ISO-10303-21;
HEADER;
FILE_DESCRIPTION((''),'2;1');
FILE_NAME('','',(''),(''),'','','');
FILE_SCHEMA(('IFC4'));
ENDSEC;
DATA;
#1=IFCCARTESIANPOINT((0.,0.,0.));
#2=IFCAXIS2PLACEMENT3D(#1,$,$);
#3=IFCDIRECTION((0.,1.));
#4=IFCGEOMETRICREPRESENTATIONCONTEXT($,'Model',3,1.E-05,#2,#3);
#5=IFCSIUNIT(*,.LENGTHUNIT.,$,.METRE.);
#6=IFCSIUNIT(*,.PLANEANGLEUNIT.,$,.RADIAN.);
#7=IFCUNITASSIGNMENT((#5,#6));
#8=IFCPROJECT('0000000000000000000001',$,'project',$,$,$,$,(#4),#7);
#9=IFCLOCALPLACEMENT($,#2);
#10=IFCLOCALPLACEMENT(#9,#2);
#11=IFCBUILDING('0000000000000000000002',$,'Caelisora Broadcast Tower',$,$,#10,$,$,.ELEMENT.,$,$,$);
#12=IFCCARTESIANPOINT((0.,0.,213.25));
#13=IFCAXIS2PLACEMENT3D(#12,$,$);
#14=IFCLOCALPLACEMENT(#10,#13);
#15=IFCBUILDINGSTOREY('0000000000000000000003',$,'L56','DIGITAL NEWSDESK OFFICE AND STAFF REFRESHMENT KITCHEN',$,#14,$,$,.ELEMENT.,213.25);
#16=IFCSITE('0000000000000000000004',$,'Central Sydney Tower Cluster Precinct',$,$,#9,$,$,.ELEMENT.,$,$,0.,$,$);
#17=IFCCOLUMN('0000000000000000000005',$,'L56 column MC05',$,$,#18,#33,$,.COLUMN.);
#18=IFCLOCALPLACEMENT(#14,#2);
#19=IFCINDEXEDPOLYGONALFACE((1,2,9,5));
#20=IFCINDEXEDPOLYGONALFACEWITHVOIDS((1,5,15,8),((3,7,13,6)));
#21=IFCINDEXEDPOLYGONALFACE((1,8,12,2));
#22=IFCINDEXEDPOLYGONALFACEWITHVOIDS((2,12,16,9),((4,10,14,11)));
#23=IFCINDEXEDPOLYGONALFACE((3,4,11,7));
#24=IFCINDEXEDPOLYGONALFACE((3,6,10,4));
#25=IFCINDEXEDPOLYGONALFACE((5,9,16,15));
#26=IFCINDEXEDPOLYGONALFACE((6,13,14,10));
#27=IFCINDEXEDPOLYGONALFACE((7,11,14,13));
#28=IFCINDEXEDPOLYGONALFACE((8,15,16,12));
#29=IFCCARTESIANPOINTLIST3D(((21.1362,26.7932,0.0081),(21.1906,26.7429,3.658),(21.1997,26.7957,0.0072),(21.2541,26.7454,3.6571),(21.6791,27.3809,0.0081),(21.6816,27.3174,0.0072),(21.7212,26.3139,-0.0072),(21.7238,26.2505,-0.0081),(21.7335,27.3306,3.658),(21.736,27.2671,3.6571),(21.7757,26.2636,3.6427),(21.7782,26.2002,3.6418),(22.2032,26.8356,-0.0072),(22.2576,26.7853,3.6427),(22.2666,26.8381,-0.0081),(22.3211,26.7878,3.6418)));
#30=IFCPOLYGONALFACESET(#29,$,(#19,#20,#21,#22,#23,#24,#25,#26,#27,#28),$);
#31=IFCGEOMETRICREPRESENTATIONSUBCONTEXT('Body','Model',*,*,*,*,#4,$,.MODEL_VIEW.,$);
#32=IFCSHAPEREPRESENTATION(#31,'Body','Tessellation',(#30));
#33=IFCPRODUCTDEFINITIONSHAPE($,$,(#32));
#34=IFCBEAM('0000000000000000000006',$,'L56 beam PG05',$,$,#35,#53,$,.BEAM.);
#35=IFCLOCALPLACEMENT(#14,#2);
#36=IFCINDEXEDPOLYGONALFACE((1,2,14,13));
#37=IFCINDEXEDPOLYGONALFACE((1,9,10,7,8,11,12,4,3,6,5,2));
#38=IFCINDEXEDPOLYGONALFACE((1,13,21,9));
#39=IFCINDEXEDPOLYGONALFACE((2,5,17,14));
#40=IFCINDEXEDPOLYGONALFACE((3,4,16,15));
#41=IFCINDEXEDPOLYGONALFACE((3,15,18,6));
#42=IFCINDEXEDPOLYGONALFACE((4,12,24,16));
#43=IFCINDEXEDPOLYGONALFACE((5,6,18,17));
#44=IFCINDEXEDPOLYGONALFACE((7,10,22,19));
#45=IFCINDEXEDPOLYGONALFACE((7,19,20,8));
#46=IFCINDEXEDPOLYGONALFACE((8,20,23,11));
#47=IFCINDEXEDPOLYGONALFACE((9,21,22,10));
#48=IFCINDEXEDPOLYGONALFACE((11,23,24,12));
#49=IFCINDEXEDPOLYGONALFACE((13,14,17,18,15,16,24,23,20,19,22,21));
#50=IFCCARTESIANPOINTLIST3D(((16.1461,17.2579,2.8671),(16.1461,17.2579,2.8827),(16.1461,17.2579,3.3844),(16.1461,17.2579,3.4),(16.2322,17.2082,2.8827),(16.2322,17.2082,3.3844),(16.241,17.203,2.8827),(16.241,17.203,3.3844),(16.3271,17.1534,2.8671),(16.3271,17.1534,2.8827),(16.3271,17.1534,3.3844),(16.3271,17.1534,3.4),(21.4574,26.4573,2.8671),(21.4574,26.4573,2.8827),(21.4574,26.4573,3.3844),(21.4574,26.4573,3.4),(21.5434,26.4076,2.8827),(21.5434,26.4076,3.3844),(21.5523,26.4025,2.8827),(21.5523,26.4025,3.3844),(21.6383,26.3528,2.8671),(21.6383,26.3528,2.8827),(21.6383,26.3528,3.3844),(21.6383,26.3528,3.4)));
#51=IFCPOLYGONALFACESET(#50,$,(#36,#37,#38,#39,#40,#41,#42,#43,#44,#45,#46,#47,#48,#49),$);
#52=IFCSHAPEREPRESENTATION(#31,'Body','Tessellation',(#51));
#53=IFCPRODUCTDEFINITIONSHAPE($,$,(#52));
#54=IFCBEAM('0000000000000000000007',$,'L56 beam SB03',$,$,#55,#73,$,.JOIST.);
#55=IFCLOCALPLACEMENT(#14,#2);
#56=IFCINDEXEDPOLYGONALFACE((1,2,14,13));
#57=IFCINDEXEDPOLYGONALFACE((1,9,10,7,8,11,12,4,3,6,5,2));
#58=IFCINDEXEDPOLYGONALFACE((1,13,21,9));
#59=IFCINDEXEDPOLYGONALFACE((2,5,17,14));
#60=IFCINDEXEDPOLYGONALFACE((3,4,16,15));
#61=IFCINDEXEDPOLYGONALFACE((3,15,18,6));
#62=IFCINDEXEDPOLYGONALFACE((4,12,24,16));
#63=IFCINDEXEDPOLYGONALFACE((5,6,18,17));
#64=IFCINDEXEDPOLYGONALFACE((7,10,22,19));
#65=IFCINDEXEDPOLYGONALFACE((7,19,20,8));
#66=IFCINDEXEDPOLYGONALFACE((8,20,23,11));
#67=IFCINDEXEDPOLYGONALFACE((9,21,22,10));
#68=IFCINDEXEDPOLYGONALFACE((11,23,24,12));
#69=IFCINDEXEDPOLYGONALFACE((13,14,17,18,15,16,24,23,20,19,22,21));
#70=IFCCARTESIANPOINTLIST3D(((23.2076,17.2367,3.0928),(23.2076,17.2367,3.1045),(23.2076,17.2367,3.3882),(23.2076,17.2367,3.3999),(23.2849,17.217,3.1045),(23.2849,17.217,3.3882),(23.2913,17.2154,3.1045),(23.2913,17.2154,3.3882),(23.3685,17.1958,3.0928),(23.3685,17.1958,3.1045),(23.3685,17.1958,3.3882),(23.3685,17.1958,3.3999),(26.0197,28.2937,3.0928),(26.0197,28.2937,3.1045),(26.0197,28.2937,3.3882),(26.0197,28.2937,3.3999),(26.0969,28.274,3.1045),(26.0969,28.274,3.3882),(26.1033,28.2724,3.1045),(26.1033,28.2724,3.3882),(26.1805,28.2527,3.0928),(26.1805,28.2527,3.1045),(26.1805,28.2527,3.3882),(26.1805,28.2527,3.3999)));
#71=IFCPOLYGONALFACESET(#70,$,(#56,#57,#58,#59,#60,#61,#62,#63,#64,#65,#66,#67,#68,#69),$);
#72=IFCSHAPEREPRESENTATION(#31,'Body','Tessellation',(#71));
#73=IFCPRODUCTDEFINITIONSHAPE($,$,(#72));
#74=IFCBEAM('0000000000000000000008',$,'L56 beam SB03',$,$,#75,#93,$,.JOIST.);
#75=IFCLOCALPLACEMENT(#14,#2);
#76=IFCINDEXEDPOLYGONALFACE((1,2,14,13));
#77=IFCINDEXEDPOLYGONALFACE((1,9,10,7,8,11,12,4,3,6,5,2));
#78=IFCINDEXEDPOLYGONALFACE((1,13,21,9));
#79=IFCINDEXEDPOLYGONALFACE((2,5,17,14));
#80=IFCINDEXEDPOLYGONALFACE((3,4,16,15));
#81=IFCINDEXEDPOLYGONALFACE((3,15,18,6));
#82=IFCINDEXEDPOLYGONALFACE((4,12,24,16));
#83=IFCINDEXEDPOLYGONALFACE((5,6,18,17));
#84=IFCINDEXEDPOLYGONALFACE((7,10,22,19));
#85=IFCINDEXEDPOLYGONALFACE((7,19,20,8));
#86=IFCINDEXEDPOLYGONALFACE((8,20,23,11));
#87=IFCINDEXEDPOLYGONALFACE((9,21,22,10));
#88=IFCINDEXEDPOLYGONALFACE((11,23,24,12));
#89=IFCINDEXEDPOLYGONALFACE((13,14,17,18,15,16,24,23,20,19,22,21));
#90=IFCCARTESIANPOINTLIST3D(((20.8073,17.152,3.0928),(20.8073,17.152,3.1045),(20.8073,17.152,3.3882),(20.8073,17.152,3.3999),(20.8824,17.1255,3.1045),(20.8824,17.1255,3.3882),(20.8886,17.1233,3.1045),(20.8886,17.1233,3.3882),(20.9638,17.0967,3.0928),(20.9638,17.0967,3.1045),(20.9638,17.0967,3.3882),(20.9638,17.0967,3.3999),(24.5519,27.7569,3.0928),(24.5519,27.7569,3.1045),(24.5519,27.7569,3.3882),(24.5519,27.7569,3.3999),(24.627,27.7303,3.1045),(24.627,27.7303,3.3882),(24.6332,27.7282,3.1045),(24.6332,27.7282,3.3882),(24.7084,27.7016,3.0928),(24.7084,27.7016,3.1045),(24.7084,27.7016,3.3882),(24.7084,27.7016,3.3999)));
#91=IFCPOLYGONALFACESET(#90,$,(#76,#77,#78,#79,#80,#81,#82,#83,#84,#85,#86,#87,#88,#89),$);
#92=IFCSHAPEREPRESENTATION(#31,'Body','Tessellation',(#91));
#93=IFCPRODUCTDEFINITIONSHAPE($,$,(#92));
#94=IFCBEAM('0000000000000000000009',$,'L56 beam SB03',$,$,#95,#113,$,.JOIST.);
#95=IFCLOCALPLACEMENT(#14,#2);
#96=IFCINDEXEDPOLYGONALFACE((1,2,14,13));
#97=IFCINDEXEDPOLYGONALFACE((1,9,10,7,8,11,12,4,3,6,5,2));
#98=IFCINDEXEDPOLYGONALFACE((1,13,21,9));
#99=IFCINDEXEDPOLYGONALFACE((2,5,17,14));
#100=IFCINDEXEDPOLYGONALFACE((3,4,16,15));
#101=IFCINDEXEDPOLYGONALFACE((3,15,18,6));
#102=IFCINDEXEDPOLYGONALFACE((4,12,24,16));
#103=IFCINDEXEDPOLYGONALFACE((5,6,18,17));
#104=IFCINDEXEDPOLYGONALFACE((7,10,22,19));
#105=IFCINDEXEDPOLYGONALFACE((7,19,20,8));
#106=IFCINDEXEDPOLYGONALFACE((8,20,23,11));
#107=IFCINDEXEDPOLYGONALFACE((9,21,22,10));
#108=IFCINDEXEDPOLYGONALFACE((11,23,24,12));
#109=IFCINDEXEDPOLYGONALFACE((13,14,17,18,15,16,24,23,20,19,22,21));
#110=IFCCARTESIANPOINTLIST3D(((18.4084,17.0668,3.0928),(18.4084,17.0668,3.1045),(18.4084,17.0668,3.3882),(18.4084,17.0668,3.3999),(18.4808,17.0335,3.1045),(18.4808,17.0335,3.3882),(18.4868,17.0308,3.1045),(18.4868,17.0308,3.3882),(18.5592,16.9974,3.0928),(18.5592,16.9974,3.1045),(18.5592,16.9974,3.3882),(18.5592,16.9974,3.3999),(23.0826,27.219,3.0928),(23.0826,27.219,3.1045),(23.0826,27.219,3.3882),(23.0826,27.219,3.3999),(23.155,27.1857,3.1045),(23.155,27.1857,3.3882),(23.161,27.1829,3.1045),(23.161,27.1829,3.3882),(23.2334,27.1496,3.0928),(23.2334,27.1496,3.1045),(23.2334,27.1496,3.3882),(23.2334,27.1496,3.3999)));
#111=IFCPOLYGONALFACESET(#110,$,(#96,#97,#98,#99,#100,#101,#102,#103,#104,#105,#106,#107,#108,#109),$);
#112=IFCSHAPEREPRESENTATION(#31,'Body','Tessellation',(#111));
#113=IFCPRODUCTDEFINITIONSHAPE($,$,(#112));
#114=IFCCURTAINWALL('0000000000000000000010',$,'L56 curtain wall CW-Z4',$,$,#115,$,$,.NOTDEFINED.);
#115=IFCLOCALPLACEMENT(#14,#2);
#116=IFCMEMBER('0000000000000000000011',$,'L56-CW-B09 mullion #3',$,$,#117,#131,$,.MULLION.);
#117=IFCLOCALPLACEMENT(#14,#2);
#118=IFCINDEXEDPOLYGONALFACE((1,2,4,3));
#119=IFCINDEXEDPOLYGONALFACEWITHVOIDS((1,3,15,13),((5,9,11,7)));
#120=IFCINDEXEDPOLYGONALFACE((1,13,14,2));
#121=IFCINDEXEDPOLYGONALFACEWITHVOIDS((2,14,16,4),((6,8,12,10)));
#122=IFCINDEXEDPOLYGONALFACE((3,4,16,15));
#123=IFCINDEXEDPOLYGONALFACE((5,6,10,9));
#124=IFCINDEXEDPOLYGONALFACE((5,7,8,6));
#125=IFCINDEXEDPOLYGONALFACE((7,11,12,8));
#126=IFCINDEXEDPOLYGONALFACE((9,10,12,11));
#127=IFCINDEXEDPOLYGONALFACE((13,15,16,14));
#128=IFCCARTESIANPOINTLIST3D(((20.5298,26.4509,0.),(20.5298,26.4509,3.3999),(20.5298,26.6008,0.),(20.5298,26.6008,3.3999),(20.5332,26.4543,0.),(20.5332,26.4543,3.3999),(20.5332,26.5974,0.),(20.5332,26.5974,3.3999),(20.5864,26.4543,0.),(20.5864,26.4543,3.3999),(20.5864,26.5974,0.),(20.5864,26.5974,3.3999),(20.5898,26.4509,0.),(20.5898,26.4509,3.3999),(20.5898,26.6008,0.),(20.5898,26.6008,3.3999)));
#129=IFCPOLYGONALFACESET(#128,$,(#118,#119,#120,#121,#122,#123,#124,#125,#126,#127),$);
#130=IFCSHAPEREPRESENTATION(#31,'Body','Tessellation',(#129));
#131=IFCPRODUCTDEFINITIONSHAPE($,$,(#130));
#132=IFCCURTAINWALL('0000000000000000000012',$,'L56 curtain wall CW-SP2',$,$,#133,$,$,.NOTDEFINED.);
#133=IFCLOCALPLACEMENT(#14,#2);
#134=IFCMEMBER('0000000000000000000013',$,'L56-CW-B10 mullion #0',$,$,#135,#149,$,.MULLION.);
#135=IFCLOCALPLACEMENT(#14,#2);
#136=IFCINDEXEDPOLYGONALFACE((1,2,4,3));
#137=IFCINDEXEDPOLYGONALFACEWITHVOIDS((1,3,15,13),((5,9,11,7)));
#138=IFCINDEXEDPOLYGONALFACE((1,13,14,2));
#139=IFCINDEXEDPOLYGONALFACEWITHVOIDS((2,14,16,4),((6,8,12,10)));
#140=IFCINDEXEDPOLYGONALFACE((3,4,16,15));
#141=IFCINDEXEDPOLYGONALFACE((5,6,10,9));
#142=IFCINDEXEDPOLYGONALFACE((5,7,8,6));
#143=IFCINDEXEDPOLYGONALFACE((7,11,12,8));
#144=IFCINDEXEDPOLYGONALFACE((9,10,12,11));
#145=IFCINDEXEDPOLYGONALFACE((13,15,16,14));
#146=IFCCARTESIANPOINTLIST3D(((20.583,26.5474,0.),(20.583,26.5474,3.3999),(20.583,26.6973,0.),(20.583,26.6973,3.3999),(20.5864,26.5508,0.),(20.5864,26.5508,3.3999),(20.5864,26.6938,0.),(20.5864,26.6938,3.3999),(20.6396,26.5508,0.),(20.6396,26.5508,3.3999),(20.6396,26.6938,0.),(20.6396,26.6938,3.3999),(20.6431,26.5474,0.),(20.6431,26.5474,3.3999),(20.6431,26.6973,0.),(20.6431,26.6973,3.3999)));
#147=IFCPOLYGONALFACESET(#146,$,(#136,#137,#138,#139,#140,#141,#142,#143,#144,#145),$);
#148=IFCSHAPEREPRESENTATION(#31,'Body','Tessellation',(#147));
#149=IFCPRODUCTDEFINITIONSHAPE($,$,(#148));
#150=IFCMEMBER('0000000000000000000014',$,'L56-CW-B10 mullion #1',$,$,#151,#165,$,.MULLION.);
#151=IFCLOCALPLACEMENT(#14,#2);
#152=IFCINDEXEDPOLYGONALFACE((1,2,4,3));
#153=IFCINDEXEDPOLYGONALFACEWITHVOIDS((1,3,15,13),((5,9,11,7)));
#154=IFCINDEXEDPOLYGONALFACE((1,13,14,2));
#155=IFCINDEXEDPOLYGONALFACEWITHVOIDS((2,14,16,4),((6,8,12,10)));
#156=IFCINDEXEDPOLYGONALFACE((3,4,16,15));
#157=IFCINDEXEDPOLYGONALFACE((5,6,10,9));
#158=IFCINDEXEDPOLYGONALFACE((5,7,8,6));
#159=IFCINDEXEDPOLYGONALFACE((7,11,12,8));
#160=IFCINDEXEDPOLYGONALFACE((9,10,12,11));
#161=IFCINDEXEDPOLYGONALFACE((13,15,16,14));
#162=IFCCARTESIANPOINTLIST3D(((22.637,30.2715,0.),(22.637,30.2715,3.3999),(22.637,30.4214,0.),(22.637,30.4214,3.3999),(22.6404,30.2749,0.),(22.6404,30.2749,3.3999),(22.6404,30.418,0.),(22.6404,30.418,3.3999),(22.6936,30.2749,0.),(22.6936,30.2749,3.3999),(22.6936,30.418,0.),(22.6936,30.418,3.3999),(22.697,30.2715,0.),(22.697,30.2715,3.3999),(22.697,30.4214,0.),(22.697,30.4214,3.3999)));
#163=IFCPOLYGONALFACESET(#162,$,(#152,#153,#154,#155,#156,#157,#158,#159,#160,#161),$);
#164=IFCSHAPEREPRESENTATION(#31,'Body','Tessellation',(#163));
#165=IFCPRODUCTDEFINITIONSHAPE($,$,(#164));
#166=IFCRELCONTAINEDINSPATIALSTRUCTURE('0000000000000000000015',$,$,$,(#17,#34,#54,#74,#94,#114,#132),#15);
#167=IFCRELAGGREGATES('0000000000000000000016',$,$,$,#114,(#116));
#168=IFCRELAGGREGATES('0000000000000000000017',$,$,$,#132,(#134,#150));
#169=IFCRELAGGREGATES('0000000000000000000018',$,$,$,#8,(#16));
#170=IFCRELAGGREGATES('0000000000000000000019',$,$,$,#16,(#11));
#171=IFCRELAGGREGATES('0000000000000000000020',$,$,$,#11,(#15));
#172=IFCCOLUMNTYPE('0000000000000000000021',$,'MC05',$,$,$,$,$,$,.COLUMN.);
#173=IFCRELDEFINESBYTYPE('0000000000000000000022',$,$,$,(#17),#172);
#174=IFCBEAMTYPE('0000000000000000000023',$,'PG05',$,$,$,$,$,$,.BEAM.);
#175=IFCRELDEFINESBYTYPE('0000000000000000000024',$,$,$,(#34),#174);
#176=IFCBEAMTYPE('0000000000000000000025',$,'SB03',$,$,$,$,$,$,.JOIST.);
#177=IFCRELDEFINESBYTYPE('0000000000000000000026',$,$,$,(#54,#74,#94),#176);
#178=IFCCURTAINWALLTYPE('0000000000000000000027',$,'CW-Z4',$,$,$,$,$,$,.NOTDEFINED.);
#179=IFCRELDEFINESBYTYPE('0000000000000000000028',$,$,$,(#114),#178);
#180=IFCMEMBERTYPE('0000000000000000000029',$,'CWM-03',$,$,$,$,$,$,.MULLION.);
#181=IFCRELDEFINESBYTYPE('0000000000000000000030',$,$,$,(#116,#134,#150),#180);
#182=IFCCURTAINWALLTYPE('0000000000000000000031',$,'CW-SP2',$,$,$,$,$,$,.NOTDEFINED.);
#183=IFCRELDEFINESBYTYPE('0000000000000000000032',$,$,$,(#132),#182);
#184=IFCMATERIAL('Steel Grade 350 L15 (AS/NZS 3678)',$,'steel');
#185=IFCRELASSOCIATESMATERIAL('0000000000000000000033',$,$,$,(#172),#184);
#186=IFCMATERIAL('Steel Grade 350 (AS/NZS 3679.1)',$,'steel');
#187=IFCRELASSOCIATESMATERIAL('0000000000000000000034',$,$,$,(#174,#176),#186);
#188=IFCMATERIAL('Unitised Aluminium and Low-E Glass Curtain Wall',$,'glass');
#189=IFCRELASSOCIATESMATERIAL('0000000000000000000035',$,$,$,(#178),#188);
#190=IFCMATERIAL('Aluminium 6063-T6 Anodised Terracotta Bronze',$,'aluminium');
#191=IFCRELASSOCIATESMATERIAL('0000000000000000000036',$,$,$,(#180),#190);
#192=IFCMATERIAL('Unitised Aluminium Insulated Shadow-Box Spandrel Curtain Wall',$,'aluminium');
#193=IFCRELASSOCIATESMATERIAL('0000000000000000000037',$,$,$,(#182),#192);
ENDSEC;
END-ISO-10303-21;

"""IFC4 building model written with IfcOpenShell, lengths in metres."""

from ifc_helpers import new_model, si_unit, direction, frame, origin, origin_2d, place, context, subcontext, project, spatial, hollow_rectangle, i_section, extrude, source, transform, mapped, material, material_profile, profile_set, type_object, type_shapes, element, aggregate, save


model = new_model("IFC4")

# Units and contexts
model_context = context("Model", 3, precision=1e-05, world=origin(), true_north=direction((0.0, 1.0)))
body_context = subcontext(model_context, "Body", "Model", "MODEL_VIEW")
ifc_project = project(units=[si_unit("LENGTHUNIT", "METRE"), si_unit("PLANEANGLEUNIT", "RADIAN")], contexts=[model_context])

# Site, building, storey
site_placement = place(None, origin())
site = spatial("IfcSite", under=ifc_project, at=site_placement, Name="Central Sydney Tower Cluster Precinct", CompositionType="ELEMENT", RefElevation=0.0)
building_placement = place(site_placement, origin())
building = spatial("IfcBuilding", under=site, at=building_placement, Name="Caelisora Broadcast Tower", CompositionType="ELEMENT")
storey_placement = place(building_placement, frame((0.0, 0.0, 213.25)))
storey = spatial("IfcBuildingStorey", under=building, at=storey_placement, Name="L56", Description="DIGITAL NEWSDESK OFFICE AND STAFF REFRESHMENT KITCHEN", CompositionType="ELEMENT", Elevation=213.25)

# Column
ifc_material_1 = material(Name="Steel Grade 350 L15 (AS/NZS 3678)", Category="steel")
ifc_material_profile_1 = material_profile(ifc_material_1, hollow_rectangle(XDim=0.8, YDim=0.8, WallThickness=0.0449, at=origin_2d()), Name="Steel Grade 350 L15 (AS/NZS 3678)")
ifc_profile_set_1 = profile_set([ifc_material_profile_1], Name="Steel Grade 350 L15 (AS/NZS 3678)")
column_type = type_object("IfcColumnType", Name="MC05", PredefinedType="COLUMN", material=ifc_profile_set_1)
shared_shape_1 = source(origin(), body_context, "Body", "SweptSolid", [
    extrude(hollow_rectangle(XDim=0.8, YDim=0.8, WallThickness=0.0449, at=origin_2d()), origin(), (0.0, 0.0, 1.0), 3.6506),
])
type_shapes(column_type, [shared_shape_1])
column_placement = place(storey_placement, frame((21.7014, 26.8157, 0.0), z_axis=(0.014913, -0.013776, 0.999794), x_axis=(0.678554, 0.734551, 0.0)))
element("IfcColumn", 1, at=column_placement, inside=storey, type_object=column_type, Name="L56 column MC05", PredefinedType="COLUMN", context=body_context, shape_type="MappedRepresentation", body=[
    mapped(shared_shape_1, transform((0.0, 0.0, 0.0), scale=1.0)),
])

# Beams
ifc_material_2 = material(Name="Steel Grade 350 (AS/NZS 3679.1)", Category="steel")
ifc_material_profile_2 = material_profile(ifc_material_2, i_section(OverallWidth=0.209, OverallDepth=0.533, WebThickness=0.0103, FlangeThickness=0.0156, at=origin_2d()), Name="Steel Grade 350 (AS/NZS 3679.1)")
ifc_profile_set_2 = profile_set([ifc_material_profile_2], Name="Steel Grade 350 (AS/NZS 3679.1)")
beam_type_1 = type_object("IfcBeamType", Name="PG05", PredefinedType="BEAM", material=ifc_profile_set_2)
shared_shape_2 = source(origin(), body_context, "Body", "SweptSolid", [
    extrude(i_section(OverallWidth=0.209, OverallDepth=0.533, WebThickness=0.0103, FlangeThickness=0.0156, at=origin_2d()), origin(), (0.0, 0.0, 1.0), 10.6226),
])
type_shapes(beam_type_1, [shared_shape_2])
beam_1_placement = place(storey_placement, frame((21.5479, 26.405, 3.1335), z_axis=(-0.499998, -0.866027, 0.0), x_axis=(0.866027, -0.499998, 0.0)))
element("IfcBeam", 2, at=beam_1_placement, inside=storey, type_object=beam_type_1, Name="L56 beam PG05", PredefinedType="BEAM", context=body_context, shape_type="MappedRepresentation", body=[
    mapped(shared_shape_2, transform((0.0, 0.0, 0.0), scale=1.0)),
])
ifc_material_profile_3 = material_profile(ifc_material_2, i_section(OverallWidth=0.166, OverallDepth=0.3071, WebThickness=0.0066, FlangeThickness=0.0117, at=origin_2d()), Name="Steel Grade 350 (AS/NZS 3679.1)")
ifc_profile_set_3 = profile_set([ifc_material_profile_3], Name="Steel Grade 350 (AS/NZS 3679.1)")
beam_type_2 = type_object("IfcBeamType", Name="SB03", PredefinedType="JOIST", material=ifc_profile_set_3)
shared_shape_3 = source(origin(), body_context, "Body", "SweptSolid", [
    extrude(i_section(OverallWidth=0.166, OverallDepth=0.3071, WebThickness=0.0066, FlangeThickness=0.0117, at=origin_2d()), origin(), (0.0, 0.0, 1.0), 11.4089),
])
beam_2_placement = place(storey_placement, frame((26.1001, 28.2732, 3.2463), z_axis=(-0.246476, -0.969149, 0.0), x_axis=(0.969149, -0.246476, 0.0)))
element("IfcBeam", 3, at=beam_2_placement, inside=storey, type_object=beam_type_2, Name="L56 beam SB03", PredefinedType="JOIST", context=body_context, shape_type="MappedRepresentation", body=[
    mapped(shared_shape_3, transform((0.0, 0.0, 0.0), scale=1.0)),
])
shared_shape_4 = source(origin(), body_context, "Body", "SweptSolid", [
    extrude(i_section(OverallWidth=0.166, OverallDepth=0.3071, WebThickness=0.0066, FlangeThickness=0.0117, at=origin_2d()), origin(), (0.0, 0.0, 1.0), 11.2466),
])
beam_3_placement = place(storey_placement, frame((24.6301, 27.7292, 3.2463), z_axis=(-0.332954, -0.942943, 0.0), x_axis=(0.942943, -0.332954, 0.0)))
element("IfcBeam", 4, at=beam_3_placement, inside=storey, type_object=beam_type_2, Name="L56 beam SB03", PredefinedType="JOIST", context=body_context, shape_type="MappedRepresentation", body=[
    mapped(shared_shape_4, transform((0.0, 0.0, 0.0), scale=1.0)),
])
shared_shape_5 = source(origin(), body_context, "Body", "SweptSolid", [
    extrude(i_section(OverallWidth=0.166, OverallDepth=0.3071, WebThickness=0.0066, FlangeThickness=0.0117, at=origin_2d()), origin(), (0.0, 0.0, 1.0), 11.1765),
])
type_shapes(beam_type_2, [shared_shape_3, shared_shape_4, shared_shape_5])
beam_4_placement = place(storey_placement, frame((23.158, 27.1843, 3.2463), z_axis=(-0.418209, -0.908351, 0.0), x_axis=(0.908351, -0.418209, 0.0)))
element("IfcBeam", 5, at=beam_4_placement, inside=storey, type_object=beam_type_2, Name="L56 beam SB03", PredefinedType="JOIST", context=body_context, shape_type="MappedRepresentation", body=[
    mapped(shared_shape_5, transform((0.0, 0.0, 0.0), scale=1.0)),
])

# Curtain wall, member
ifc_material_3 = material(Name="Unitised Aluminium and Low-E Glass Curtain Wall", Category="glass")
curtain_wall_type_1 = type_object("IfcCurtainWallType", Name="CW-Z4", PredefinedType="NOTDEFINED", material=ifc_material_3)
curtain_wall_1_placement = place(storey_placement, origin())
curtain_wall_1 = element("IfcCurtainWall", 6, at=curtain_wall_1_placement, inside=storey, type_object=curtain_wall_type_1, Name="L56 curtain wall CW-Z4", PredefinedType="NOTDEFINED")
ifc_material_4 = material(Name="Aluminium 6063-T6 Anodised Terracotta Bronze", Category="aluminium")
ifc_material_profile_4 = material_profile(ifc_material_4, hollow_rectangle(XDim=0.0601, YDim=0.1499, WallThickness=0.0034, at=origin_2d()), Name="Aluminium 6063-T6 Anodised Terracotta Bronze")
ifc_profile_set_4 = profile_set([ifc_material_profile_4], Name="Aluminium 6063-T6 Anodised Terracotta Bronze")
member_type_1 = type_object("IfcMemberType", Name="CWM-03", PredefinedType="MULLION", material=ifc_profile_set_4)
shared_shape_6 = source(origin(), body_context, "Body", "SweptSolid", [
    extrude(hollow_rectangle(XDim=0.0601, YDim=0.1499, WallThickness=0.0034, at=origin_2d()), origin(), (0.0, 0.0, 1.0), 3.3999),
])
type_shapes(member_type_1, [shared_shape_6])
member_1_placement = place(storey_placement, frame((20.5598, 26.5259, 0.0), z_axis=(0.0, 0.0, 1.0), x_axis=(1.0, 0.0, 0.0)))
member_1 = element("IfcMember", 7, at=member_1_placement, type_object=member_type_1, Name="L56-CW-B09 mullion #3", PredefinedType="MULLION", context=body_context, shape_type="MappedRepresentation", body=[
    mapped(shared_shape_6, transform((0.0, 0.0, 0.0), scale=1.0)),
])

# Curtain wall, members
ifc_material_5 = material(Name="Unitised Aluminium Insulated Shadow-Box Spandrel Curtain Wall", Category="aluminium")
curtain_wall_type_2 = type_object("IfcCurtainWallType", Name="CW-SP2", PredefinedType="NOTDEFINED", material=ifc_material_5)
curtain_wall_2_placement = place(storey_placement, origin())
curtain_wall_2 = element("IfcCurtainWall", 8, at=curtain_wall_2_placement, inside=storey, type_object=curtain_wall_type_2, Name="L56 curtain wall CW-SP2", PredefinedType="NOTDEFINED")
member_2_placement = place(storey_placement, frame((20.613, 26.6223, 0.0), z_axis=(0.0, 0.0, 1.0), x_axis=(1.0, 0.0, 0.0)))
member_2 = element("IfcMember", 9, at=member_2_placement, type_object=member_type_1, Name="L56-CW-B10 mullion #0", PredefinedType="MULLION", context=body_context, shape_type="MappedRepresentation", body=[
    mapped(shared_shape_6, transform((0.0, 0.0, 0.0), scale=1.0)),
])
member_3_placement = place(storey_placement, frame((22.667, 30.3464, 0.0), z_axis=(0.0, 0.0, 1.0), x_axis=(1.0, 0.0, 0.0)))
member_3 = element("IfcMember", 10, at=member_3_placement, type_object=member_type_1, Name="L56-CW-B10 mullion #1", PredefinedType="MULLION", context=body_context, shape_type="MappedRepresentation", body=[
    mapped(shared_shape_6, transform((0.0, 0.0, 0.0), scale=1.0)),
])

aggregate(curtain_wall_1, [member_1])
aggregate(curtain_wall_2, [member_2, member_3])

save(model, "model.ifc")
